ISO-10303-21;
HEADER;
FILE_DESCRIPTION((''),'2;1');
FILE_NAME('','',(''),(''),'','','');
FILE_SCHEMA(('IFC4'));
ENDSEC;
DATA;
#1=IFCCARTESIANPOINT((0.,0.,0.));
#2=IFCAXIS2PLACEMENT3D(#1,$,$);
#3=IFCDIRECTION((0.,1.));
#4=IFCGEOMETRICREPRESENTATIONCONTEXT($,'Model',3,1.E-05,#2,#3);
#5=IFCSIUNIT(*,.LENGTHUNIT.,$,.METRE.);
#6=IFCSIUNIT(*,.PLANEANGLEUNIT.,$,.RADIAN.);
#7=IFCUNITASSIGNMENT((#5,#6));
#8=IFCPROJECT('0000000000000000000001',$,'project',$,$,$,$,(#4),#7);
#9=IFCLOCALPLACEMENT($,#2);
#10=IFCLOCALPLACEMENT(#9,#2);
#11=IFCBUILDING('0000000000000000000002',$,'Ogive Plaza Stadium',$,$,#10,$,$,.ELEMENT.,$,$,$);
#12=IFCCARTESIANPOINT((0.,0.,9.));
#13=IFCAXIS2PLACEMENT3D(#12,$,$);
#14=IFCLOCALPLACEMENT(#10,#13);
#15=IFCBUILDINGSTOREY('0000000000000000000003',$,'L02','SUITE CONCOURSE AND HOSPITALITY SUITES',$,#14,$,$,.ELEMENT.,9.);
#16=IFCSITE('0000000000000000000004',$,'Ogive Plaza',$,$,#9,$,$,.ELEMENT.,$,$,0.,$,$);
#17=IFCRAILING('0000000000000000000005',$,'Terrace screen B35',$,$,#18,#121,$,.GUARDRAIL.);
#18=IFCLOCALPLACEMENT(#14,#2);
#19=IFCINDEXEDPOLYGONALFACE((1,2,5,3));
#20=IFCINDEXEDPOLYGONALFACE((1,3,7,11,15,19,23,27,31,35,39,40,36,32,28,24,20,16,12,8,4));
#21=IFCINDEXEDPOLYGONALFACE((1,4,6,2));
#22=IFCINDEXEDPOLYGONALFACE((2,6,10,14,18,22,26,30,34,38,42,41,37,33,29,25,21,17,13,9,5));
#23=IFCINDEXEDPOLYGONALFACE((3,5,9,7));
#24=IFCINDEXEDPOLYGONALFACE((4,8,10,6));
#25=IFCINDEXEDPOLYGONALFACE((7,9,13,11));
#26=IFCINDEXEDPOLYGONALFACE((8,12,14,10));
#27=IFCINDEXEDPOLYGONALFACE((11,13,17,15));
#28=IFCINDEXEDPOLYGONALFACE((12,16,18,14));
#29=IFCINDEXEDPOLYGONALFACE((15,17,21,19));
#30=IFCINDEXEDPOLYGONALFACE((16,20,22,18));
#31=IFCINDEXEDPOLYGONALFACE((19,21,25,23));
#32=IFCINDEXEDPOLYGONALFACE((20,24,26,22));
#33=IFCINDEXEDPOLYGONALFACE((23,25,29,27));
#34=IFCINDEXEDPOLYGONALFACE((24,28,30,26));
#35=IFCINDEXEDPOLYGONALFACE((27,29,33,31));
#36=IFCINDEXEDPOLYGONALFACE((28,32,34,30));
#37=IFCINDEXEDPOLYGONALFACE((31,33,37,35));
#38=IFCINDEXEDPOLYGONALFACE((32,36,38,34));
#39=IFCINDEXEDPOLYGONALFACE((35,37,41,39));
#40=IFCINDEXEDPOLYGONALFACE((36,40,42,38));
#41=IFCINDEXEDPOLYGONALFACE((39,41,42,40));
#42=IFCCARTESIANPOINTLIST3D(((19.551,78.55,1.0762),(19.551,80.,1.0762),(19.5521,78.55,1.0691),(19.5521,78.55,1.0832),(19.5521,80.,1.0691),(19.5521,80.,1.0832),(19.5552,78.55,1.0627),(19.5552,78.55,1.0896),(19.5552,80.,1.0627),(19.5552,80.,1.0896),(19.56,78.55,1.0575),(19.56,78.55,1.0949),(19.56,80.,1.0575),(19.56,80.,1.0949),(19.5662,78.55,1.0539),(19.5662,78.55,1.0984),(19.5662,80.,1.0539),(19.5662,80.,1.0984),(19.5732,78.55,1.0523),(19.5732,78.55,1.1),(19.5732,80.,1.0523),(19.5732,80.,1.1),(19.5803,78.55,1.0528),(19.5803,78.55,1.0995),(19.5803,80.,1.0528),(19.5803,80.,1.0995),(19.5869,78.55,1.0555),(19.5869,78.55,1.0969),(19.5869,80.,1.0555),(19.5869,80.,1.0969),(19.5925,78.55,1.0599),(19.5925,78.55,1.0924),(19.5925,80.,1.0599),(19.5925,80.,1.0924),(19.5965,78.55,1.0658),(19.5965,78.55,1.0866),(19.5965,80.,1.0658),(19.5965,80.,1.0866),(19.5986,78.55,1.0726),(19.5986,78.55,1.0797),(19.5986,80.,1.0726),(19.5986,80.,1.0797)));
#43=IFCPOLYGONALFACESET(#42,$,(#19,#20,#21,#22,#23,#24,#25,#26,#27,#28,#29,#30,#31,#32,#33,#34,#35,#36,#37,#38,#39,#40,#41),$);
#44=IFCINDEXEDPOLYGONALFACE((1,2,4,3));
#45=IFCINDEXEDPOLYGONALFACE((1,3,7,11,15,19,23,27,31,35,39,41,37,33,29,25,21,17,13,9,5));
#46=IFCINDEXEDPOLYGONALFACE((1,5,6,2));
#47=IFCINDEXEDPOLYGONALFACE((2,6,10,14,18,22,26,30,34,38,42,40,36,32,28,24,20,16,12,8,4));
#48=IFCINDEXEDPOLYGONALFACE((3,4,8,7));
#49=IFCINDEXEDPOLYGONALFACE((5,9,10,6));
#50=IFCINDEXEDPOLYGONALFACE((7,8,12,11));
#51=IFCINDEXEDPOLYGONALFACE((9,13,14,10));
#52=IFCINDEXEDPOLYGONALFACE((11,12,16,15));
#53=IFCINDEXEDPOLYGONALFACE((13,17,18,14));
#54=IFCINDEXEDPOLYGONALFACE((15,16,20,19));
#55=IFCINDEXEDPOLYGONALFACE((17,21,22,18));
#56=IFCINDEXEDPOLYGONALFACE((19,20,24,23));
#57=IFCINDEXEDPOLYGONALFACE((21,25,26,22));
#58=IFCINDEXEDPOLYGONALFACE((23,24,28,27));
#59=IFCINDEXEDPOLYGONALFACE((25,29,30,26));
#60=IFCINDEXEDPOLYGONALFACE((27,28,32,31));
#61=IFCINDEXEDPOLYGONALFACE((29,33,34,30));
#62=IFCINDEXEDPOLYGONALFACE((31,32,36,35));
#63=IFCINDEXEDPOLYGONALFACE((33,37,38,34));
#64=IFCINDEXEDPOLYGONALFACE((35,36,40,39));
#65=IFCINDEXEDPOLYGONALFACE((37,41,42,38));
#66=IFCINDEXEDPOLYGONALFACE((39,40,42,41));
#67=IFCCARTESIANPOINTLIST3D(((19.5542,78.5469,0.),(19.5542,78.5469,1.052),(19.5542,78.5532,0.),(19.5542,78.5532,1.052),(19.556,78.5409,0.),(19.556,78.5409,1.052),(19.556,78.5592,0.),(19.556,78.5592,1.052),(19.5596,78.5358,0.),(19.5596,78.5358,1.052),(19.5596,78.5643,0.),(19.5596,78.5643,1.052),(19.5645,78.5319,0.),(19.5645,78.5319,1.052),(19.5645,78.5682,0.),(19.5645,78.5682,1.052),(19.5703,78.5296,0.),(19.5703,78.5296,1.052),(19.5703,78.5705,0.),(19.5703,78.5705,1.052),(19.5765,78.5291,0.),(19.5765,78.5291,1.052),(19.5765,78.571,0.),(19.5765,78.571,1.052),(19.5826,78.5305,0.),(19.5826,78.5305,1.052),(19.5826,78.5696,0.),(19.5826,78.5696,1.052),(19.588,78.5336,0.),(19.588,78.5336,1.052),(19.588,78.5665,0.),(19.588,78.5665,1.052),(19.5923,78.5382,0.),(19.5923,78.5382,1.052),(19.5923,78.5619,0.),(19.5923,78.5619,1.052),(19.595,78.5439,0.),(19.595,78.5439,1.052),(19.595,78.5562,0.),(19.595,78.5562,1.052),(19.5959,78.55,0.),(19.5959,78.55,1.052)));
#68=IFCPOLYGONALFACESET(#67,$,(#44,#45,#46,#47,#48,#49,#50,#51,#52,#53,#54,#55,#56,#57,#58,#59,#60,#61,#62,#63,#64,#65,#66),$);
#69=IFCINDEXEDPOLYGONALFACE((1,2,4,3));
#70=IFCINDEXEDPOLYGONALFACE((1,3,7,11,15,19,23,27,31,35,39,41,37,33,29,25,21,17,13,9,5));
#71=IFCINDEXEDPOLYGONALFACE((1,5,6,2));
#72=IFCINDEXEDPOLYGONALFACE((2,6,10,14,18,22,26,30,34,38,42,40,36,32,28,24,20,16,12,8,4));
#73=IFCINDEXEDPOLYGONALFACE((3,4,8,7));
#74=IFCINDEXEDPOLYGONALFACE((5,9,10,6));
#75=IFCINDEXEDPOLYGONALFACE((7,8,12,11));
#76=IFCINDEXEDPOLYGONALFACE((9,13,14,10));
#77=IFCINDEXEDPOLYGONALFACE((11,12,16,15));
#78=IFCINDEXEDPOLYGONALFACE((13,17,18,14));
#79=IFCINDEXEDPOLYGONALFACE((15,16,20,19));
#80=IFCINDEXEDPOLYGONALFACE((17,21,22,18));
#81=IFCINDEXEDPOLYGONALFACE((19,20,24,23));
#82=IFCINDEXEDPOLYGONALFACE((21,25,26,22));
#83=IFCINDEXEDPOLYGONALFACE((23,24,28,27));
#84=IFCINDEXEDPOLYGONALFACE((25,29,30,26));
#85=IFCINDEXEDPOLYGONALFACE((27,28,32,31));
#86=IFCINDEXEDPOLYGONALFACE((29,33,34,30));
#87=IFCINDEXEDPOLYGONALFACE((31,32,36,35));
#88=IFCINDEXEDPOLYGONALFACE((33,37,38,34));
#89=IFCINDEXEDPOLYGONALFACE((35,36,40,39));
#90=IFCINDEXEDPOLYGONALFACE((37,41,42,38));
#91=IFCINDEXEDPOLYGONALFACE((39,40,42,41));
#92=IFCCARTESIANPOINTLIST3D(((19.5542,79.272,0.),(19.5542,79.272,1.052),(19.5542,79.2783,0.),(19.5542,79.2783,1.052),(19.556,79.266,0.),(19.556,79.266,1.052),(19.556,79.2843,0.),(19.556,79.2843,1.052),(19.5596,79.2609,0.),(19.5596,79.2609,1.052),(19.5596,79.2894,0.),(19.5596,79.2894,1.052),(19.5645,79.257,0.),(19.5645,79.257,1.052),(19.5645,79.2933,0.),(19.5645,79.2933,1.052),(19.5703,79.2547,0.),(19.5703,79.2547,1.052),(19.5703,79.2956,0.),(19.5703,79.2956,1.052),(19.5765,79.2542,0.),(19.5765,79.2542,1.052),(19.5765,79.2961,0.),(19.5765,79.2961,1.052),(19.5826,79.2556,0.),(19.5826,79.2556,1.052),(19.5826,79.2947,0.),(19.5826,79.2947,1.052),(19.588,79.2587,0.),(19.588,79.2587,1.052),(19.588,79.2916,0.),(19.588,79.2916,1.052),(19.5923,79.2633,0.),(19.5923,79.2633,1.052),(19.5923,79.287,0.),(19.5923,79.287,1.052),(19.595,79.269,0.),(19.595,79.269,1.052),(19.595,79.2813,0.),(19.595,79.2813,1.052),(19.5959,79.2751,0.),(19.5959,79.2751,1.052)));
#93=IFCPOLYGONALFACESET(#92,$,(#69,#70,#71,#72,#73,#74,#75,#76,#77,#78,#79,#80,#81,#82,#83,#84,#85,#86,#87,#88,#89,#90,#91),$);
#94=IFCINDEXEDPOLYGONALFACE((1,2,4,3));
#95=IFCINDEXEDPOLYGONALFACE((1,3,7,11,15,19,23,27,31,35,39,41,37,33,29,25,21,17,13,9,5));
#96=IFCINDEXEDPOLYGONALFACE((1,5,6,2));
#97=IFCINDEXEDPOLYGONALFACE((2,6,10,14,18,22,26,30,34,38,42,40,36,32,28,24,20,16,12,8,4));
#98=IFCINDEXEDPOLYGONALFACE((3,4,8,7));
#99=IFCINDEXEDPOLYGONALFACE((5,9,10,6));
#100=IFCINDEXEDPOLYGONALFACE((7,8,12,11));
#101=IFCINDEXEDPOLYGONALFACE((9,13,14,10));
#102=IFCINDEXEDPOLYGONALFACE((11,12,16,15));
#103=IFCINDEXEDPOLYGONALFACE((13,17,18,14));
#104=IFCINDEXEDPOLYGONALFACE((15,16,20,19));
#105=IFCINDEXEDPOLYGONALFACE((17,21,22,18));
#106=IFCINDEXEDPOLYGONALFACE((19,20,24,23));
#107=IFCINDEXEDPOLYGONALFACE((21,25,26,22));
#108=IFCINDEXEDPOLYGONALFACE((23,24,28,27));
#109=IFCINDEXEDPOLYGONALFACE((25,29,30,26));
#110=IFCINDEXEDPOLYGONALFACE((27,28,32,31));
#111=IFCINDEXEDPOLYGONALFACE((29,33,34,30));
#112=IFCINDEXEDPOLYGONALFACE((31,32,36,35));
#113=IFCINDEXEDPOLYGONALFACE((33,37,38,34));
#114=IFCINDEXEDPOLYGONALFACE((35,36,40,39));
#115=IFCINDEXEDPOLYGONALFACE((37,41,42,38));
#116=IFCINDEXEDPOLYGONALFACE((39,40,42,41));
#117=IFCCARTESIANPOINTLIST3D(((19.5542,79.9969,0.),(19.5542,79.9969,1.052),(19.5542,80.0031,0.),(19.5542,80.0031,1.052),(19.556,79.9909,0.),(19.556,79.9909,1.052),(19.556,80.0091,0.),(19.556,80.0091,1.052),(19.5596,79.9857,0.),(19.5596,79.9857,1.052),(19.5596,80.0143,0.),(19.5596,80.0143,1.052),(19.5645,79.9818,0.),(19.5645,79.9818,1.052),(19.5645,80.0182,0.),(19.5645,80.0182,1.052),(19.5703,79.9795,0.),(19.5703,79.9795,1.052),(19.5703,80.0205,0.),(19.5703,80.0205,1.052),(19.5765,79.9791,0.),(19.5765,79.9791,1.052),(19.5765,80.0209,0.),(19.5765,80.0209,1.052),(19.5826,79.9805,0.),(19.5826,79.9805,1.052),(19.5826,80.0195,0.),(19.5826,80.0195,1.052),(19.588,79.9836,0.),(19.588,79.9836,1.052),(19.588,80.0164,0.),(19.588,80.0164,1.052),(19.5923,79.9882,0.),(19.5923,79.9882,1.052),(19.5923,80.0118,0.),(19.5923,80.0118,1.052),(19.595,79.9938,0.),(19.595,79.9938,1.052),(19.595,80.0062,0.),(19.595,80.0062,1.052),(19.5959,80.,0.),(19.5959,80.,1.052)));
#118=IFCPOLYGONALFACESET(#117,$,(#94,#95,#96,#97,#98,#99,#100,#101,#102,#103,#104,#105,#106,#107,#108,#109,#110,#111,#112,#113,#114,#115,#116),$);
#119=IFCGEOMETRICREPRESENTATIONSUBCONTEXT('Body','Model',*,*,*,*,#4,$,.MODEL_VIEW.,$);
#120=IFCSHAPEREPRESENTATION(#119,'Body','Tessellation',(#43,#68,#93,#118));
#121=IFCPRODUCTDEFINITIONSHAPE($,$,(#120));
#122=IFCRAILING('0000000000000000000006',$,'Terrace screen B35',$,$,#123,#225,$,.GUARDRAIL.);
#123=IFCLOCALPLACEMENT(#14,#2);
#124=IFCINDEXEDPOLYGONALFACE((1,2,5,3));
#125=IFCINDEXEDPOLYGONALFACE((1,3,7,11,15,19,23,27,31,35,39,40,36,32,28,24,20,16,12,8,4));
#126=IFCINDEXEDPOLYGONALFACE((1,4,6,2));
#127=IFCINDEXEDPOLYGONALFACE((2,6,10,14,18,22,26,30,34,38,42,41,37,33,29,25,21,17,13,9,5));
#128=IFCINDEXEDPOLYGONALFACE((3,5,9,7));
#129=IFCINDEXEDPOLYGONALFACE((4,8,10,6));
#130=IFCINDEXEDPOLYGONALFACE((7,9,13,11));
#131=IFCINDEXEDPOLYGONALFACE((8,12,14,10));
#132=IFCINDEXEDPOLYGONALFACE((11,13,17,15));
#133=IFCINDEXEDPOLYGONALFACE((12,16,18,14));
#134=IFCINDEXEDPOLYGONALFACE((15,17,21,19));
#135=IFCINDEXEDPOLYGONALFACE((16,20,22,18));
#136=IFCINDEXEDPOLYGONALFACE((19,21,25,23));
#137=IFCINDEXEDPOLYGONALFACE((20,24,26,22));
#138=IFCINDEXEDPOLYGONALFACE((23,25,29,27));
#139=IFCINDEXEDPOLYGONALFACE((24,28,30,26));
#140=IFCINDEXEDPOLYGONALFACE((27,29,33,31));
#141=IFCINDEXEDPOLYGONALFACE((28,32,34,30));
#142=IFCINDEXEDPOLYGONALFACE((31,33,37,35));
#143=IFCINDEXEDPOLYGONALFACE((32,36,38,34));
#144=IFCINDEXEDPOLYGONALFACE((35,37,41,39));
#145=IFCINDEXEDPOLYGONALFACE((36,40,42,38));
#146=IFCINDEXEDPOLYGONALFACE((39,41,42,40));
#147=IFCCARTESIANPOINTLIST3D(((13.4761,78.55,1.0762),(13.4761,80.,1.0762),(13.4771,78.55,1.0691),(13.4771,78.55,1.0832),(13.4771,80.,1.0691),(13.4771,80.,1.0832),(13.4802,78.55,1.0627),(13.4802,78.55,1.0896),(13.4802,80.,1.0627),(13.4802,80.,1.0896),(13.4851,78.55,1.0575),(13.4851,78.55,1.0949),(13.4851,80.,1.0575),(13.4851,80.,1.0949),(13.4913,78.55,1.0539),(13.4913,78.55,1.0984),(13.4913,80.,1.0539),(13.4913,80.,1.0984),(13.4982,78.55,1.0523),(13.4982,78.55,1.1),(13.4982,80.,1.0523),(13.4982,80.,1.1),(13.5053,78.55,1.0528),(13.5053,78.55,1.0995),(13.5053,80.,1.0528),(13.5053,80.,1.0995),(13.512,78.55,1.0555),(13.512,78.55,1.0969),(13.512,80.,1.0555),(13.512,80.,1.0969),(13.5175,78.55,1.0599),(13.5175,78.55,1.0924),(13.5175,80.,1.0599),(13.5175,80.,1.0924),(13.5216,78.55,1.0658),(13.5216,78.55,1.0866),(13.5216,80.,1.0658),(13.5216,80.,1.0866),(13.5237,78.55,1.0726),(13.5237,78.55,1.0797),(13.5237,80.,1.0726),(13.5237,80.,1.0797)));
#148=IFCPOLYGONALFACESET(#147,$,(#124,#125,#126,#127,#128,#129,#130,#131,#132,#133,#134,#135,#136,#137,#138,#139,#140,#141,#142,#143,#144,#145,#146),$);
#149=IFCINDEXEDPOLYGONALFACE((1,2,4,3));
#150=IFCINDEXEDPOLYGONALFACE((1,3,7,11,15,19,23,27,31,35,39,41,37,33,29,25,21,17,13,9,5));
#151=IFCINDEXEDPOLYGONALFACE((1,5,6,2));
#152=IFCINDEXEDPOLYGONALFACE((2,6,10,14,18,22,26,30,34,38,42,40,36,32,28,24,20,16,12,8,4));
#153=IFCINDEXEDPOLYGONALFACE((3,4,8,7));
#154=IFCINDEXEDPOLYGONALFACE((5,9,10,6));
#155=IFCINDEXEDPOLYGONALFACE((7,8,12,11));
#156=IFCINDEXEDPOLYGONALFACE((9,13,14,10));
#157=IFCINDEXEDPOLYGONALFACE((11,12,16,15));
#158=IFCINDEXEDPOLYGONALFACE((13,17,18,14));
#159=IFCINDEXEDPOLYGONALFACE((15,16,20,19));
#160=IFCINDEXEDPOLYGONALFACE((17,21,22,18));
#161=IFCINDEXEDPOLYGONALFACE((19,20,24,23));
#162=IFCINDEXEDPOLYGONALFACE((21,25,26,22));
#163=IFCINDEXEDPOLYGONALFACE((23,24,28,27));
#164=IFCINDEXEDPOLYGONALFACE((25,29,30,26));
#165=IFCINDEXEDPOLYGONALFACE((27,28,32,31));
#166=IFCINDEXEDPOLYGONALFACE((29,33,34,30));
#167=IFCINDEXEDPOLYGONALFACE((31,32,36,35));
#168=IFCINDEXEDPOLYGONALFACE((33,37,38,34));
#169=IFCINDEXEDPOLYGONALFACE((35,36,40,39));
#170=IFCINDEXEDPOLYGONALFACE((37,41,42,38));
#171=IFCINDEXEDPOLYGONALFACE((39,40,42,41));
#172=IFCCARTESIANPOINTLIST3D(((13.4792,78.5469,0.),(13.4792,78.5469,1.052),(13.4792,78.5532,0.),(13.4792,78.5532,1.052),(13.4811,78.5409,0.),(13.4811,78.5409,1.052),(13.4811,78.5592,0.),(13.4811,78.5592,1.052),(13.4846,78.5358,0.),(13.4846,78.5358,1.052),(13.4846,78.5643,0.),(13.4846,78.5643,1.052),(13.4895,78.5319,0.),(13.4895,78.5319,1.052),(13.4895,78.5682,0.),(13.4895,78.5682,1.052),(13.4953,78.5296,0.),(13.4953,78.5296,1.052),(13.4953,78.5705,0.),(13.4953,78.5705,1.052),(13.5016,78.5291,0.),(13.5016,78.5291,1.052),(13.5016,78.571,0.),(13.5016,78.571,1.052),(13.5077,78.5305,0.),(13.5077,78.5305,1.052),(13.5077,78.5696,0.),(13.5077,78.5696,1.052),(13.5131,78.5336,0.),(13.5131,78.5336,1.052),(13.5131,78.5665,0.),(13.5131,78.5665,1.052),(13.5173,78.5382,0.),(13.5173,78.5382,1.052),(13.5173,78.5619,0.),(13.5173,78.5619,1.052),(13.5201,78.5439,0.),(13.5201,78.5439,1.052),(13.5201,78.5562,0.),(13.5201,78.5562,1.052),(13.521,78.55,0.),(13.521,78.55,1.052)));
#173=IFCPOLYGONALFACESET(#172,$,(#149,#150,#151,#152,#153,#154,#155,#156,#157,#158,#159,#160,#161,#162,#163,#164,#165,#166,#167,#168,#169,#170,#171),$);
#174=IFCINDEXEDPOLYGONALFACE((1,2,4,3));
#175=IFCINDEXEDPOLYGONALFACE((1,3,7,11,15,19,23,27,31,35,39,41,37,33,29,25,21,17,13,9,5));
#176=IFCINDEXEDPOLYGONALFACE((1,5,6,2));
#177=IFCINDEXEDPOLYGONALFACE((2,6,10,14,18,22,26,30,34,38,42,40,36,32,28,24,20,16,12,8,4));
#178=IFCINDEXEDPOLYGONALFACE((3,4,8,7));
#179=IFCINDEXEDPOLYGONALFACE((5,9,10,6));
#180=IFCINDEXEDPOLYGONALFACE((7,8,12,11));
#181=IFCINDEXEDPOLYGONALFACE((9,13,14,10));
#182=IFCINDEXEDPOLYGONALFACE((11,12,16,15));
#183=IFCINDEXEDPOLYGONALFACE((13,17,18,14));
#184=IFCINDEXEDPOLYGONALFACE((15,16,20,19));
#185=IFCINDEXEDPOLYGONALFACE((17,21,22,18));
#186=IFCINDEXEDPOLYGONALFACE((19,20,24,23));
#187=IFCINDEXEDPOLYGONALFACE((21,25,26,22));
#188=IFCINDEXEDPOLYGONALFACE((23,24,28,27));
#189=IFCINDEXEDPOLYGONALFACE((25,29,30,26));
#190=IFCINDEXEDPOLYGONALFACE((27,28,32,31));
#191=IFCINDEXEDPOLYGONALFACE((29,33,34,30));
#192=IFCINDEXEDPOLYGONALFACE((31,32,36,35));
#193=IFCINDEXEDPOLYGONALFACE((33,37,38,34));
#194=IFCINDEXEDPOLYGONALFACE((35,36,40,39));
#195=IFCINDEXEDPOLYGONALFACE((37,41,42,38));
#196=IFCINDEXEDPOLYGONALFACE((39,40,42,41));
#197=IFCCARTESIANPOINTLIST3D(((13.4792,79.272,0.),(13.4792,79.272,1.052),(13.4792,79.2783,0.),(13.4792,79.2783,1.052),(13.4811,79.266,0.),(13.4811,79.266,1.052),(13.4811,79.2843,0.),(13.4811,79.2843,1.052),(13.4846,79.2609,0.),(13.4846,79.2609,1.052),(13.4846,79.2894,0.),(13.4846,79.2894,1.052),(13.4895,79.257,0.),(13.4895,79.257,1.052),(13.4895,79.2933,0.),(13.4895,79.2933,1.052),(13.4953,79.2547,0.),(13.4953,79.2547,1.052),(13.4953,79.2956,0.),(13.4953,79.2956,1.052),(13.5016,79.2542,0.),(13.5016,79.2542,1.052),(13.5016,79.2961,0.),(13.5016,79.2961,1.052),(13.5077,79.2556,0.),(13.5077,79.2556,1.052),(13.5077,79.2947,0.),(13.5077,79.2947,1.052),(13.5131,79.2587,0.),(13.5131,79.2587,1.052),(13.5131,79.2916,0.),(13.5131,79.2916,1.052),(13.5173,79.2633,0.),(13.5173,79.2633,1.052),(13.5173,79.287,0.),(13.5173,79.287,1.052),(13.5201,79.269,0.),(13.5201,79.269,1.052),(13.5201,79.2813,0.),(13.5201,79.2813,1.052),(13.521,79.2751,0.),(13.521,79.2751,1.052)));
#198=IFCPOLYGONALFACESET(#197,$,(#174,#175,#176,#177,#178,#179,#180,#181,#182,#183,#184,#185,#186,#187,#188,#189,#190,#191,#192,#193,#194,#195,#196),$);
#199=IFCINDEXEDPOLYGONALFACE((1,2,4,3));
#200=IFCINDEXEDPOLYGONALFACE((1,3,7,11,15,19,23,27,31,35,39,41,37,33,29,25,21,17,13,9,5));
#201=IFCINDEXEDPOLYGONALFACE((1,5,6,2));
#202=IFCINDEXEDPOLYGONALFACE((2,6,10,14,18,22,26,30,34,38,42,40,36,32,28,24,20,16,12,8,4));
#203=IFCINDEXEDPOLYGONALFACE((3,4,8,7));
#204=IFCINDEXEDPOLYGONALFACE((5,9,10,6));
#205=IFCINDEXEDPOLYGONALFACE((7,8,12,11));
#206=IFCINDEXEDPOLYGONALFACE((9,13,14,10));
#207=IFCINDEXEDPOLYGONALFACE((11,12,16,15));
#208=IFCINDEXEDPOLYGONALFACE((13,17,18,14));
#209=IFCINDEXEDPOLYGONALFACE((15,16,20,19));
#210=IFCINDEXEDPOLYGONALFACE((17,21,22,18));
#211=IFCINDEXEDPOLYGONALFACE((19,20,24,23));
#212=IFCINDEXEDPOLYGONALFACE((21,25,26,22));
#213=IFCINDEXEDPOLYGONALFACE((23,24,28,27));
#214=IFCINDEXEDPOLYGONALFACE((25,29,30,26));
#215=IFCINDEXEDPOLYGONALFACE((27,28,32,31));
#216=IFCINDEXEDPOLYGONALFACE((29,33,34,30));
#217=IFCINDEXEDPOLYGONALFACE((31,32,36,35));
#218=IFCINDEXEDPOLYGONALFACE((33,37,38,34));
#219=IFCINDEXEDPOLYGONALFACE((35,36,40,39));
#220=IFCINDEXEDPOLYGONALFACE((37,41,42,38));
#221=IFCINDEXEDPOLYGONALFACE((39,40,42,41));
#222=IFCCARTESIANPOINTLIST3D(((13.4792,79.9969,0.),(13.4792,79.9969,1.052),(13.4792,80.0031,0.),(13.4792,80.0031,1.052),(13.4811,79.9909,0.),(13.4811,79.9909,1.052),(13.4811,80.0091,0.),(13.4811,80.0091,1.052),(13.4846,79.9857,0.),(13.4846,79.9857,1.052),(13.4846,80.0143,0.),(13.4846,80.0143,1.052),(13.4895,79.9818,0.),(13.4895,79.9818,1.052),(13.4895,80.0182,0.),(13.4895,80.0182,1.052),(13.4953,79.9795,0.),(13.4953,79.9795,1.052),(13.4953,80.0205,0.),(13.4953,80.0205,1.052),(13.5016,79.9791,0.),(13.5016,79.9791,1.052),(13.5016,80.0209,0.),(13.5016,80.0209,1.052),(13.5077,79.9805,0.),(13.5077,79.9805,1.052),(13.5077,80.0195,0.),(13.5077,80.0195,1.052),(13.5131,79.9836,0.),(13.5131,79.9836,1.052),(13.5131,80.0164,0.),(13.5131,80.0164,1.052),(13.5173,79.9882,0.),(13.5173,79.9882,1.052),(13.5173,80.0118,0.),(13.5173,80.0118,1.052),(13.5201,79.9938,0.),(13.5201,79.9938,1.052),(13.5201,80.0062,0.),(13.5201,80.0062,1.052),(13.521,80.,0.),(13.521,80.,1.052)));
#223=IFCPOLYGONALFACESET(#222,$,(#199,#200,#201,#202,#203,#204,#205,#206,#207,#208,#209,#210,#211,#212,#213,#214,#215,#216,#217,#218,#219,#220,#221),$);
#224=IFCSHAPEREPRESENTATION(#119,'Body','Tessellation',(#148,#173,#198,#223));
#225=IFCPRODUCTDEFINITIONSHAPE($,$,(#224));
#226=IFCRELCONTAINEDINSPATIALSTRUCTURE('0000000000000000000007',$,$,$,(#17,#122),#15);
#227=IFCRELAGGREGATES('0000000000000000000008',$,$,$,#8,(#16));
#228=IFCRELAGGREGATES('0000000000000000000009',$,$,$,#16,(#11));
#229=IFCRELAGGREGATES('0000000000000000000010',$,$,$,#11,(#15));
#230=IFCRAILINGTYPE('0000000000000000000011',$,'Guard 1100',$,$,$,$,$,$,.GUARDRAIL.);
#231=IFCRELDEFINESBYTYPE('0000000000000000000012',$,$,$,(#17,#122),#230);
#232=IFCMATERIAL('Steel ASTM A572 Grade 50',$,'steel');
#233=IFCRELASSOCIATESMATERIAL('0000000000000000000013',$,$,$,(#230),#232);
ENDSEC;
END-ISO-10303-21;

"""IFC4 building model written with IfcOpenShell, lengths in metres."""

from ifc_helpers import new_model, si_unit, direction, frame, origin, origin_2d, place, context, subcontext, project, spatial, circle, extrude, material, type_object, element, save


model = new_model("IFC4")

# Units and contexts
model_context = context("Model", 3, precision=1e-05, world=origin(), true_north=direction((0.0, 1.0)))
body_context = subcontext(model_context, "Body", "Model", "MODEL_VIEW")
ifc_project = project(units=[si_unit("LENGTHUNIT", "METRE"), si_unit("PLANEANGLEUNIT", "RADIAN")], contexts=[model_context])

# Site, building, storey
site_placement = place(None, origin())
site = spatial("IfcSite", under=ifc_project, at=site_placement, Name="Ogive Plaza", CompositionType="ELEMENT", RefElevation=0.0)
building_placement = place(site_placement, origin())
building = spatial("IfcBuilding", under=site, at=building_placement, Name="Ogive Plaza Stadium", CompositionType="ELEMENT")
storey_placement = place(building_placement, frame((0.0, 0.0, 9.0)))
storey = spatial("IfcBuildingStorey", under=building, at=storey_placement, Name="L02", Description="SUITE CONCOURSE AND HOSPITALITY SUITES", CompositionType="ELEMENT", Elevation=9.0)

# Railings
ifc_material_1 = material(Name="Steel ASTM A572 Grade 50", Category="steel")
railing_type_1 = type_object("IfcRailingType", Name="Guard 1100", PredefinedType="GUARDRAIL", material=ifc_material_1)
for number, where, name in (
    (1, (19.575, 78.55, 0.0), "Terrace screen B35"),
    (2, (13.5, 78.55, 0.0), "Terrace screen B35"),
):
    element("IfcRailing", number, at=place(storey_placement, frame(where)), inside=storey, type_object=railing_type_1, Name=name, PredefinedType="GUARDRAIL", context=body_context, shape_type="SweptSolid", body=[
        extrude(circle(Radius=0.0239, at=origin_2d()), frame((0.0, 0.0, 1.0762), z_axis=(0.0, 1.0, 0.0), x_axis=(-1.0, 0.0, 0.0)), (0.0, 0.0, 1.0), 1.45),
        extrude(circle(Radius=0.021, at=origin_2d()), origin(), (0.0, 0.0, 1.0), 1.052),
        extrude(circle(Radius=0.021, at=origin_2d()), frame((0.0, 0.7251, 0.0)), (0.0, 0.0, 1.0), 1.052),
        extrude(circle(Radius=0.021, at=origin_2d()), frame((0.0, 1.45, 0.0)), (0.0, 0.0, 1.0), 1.052),
    ])

save(model, "model.ifc")
